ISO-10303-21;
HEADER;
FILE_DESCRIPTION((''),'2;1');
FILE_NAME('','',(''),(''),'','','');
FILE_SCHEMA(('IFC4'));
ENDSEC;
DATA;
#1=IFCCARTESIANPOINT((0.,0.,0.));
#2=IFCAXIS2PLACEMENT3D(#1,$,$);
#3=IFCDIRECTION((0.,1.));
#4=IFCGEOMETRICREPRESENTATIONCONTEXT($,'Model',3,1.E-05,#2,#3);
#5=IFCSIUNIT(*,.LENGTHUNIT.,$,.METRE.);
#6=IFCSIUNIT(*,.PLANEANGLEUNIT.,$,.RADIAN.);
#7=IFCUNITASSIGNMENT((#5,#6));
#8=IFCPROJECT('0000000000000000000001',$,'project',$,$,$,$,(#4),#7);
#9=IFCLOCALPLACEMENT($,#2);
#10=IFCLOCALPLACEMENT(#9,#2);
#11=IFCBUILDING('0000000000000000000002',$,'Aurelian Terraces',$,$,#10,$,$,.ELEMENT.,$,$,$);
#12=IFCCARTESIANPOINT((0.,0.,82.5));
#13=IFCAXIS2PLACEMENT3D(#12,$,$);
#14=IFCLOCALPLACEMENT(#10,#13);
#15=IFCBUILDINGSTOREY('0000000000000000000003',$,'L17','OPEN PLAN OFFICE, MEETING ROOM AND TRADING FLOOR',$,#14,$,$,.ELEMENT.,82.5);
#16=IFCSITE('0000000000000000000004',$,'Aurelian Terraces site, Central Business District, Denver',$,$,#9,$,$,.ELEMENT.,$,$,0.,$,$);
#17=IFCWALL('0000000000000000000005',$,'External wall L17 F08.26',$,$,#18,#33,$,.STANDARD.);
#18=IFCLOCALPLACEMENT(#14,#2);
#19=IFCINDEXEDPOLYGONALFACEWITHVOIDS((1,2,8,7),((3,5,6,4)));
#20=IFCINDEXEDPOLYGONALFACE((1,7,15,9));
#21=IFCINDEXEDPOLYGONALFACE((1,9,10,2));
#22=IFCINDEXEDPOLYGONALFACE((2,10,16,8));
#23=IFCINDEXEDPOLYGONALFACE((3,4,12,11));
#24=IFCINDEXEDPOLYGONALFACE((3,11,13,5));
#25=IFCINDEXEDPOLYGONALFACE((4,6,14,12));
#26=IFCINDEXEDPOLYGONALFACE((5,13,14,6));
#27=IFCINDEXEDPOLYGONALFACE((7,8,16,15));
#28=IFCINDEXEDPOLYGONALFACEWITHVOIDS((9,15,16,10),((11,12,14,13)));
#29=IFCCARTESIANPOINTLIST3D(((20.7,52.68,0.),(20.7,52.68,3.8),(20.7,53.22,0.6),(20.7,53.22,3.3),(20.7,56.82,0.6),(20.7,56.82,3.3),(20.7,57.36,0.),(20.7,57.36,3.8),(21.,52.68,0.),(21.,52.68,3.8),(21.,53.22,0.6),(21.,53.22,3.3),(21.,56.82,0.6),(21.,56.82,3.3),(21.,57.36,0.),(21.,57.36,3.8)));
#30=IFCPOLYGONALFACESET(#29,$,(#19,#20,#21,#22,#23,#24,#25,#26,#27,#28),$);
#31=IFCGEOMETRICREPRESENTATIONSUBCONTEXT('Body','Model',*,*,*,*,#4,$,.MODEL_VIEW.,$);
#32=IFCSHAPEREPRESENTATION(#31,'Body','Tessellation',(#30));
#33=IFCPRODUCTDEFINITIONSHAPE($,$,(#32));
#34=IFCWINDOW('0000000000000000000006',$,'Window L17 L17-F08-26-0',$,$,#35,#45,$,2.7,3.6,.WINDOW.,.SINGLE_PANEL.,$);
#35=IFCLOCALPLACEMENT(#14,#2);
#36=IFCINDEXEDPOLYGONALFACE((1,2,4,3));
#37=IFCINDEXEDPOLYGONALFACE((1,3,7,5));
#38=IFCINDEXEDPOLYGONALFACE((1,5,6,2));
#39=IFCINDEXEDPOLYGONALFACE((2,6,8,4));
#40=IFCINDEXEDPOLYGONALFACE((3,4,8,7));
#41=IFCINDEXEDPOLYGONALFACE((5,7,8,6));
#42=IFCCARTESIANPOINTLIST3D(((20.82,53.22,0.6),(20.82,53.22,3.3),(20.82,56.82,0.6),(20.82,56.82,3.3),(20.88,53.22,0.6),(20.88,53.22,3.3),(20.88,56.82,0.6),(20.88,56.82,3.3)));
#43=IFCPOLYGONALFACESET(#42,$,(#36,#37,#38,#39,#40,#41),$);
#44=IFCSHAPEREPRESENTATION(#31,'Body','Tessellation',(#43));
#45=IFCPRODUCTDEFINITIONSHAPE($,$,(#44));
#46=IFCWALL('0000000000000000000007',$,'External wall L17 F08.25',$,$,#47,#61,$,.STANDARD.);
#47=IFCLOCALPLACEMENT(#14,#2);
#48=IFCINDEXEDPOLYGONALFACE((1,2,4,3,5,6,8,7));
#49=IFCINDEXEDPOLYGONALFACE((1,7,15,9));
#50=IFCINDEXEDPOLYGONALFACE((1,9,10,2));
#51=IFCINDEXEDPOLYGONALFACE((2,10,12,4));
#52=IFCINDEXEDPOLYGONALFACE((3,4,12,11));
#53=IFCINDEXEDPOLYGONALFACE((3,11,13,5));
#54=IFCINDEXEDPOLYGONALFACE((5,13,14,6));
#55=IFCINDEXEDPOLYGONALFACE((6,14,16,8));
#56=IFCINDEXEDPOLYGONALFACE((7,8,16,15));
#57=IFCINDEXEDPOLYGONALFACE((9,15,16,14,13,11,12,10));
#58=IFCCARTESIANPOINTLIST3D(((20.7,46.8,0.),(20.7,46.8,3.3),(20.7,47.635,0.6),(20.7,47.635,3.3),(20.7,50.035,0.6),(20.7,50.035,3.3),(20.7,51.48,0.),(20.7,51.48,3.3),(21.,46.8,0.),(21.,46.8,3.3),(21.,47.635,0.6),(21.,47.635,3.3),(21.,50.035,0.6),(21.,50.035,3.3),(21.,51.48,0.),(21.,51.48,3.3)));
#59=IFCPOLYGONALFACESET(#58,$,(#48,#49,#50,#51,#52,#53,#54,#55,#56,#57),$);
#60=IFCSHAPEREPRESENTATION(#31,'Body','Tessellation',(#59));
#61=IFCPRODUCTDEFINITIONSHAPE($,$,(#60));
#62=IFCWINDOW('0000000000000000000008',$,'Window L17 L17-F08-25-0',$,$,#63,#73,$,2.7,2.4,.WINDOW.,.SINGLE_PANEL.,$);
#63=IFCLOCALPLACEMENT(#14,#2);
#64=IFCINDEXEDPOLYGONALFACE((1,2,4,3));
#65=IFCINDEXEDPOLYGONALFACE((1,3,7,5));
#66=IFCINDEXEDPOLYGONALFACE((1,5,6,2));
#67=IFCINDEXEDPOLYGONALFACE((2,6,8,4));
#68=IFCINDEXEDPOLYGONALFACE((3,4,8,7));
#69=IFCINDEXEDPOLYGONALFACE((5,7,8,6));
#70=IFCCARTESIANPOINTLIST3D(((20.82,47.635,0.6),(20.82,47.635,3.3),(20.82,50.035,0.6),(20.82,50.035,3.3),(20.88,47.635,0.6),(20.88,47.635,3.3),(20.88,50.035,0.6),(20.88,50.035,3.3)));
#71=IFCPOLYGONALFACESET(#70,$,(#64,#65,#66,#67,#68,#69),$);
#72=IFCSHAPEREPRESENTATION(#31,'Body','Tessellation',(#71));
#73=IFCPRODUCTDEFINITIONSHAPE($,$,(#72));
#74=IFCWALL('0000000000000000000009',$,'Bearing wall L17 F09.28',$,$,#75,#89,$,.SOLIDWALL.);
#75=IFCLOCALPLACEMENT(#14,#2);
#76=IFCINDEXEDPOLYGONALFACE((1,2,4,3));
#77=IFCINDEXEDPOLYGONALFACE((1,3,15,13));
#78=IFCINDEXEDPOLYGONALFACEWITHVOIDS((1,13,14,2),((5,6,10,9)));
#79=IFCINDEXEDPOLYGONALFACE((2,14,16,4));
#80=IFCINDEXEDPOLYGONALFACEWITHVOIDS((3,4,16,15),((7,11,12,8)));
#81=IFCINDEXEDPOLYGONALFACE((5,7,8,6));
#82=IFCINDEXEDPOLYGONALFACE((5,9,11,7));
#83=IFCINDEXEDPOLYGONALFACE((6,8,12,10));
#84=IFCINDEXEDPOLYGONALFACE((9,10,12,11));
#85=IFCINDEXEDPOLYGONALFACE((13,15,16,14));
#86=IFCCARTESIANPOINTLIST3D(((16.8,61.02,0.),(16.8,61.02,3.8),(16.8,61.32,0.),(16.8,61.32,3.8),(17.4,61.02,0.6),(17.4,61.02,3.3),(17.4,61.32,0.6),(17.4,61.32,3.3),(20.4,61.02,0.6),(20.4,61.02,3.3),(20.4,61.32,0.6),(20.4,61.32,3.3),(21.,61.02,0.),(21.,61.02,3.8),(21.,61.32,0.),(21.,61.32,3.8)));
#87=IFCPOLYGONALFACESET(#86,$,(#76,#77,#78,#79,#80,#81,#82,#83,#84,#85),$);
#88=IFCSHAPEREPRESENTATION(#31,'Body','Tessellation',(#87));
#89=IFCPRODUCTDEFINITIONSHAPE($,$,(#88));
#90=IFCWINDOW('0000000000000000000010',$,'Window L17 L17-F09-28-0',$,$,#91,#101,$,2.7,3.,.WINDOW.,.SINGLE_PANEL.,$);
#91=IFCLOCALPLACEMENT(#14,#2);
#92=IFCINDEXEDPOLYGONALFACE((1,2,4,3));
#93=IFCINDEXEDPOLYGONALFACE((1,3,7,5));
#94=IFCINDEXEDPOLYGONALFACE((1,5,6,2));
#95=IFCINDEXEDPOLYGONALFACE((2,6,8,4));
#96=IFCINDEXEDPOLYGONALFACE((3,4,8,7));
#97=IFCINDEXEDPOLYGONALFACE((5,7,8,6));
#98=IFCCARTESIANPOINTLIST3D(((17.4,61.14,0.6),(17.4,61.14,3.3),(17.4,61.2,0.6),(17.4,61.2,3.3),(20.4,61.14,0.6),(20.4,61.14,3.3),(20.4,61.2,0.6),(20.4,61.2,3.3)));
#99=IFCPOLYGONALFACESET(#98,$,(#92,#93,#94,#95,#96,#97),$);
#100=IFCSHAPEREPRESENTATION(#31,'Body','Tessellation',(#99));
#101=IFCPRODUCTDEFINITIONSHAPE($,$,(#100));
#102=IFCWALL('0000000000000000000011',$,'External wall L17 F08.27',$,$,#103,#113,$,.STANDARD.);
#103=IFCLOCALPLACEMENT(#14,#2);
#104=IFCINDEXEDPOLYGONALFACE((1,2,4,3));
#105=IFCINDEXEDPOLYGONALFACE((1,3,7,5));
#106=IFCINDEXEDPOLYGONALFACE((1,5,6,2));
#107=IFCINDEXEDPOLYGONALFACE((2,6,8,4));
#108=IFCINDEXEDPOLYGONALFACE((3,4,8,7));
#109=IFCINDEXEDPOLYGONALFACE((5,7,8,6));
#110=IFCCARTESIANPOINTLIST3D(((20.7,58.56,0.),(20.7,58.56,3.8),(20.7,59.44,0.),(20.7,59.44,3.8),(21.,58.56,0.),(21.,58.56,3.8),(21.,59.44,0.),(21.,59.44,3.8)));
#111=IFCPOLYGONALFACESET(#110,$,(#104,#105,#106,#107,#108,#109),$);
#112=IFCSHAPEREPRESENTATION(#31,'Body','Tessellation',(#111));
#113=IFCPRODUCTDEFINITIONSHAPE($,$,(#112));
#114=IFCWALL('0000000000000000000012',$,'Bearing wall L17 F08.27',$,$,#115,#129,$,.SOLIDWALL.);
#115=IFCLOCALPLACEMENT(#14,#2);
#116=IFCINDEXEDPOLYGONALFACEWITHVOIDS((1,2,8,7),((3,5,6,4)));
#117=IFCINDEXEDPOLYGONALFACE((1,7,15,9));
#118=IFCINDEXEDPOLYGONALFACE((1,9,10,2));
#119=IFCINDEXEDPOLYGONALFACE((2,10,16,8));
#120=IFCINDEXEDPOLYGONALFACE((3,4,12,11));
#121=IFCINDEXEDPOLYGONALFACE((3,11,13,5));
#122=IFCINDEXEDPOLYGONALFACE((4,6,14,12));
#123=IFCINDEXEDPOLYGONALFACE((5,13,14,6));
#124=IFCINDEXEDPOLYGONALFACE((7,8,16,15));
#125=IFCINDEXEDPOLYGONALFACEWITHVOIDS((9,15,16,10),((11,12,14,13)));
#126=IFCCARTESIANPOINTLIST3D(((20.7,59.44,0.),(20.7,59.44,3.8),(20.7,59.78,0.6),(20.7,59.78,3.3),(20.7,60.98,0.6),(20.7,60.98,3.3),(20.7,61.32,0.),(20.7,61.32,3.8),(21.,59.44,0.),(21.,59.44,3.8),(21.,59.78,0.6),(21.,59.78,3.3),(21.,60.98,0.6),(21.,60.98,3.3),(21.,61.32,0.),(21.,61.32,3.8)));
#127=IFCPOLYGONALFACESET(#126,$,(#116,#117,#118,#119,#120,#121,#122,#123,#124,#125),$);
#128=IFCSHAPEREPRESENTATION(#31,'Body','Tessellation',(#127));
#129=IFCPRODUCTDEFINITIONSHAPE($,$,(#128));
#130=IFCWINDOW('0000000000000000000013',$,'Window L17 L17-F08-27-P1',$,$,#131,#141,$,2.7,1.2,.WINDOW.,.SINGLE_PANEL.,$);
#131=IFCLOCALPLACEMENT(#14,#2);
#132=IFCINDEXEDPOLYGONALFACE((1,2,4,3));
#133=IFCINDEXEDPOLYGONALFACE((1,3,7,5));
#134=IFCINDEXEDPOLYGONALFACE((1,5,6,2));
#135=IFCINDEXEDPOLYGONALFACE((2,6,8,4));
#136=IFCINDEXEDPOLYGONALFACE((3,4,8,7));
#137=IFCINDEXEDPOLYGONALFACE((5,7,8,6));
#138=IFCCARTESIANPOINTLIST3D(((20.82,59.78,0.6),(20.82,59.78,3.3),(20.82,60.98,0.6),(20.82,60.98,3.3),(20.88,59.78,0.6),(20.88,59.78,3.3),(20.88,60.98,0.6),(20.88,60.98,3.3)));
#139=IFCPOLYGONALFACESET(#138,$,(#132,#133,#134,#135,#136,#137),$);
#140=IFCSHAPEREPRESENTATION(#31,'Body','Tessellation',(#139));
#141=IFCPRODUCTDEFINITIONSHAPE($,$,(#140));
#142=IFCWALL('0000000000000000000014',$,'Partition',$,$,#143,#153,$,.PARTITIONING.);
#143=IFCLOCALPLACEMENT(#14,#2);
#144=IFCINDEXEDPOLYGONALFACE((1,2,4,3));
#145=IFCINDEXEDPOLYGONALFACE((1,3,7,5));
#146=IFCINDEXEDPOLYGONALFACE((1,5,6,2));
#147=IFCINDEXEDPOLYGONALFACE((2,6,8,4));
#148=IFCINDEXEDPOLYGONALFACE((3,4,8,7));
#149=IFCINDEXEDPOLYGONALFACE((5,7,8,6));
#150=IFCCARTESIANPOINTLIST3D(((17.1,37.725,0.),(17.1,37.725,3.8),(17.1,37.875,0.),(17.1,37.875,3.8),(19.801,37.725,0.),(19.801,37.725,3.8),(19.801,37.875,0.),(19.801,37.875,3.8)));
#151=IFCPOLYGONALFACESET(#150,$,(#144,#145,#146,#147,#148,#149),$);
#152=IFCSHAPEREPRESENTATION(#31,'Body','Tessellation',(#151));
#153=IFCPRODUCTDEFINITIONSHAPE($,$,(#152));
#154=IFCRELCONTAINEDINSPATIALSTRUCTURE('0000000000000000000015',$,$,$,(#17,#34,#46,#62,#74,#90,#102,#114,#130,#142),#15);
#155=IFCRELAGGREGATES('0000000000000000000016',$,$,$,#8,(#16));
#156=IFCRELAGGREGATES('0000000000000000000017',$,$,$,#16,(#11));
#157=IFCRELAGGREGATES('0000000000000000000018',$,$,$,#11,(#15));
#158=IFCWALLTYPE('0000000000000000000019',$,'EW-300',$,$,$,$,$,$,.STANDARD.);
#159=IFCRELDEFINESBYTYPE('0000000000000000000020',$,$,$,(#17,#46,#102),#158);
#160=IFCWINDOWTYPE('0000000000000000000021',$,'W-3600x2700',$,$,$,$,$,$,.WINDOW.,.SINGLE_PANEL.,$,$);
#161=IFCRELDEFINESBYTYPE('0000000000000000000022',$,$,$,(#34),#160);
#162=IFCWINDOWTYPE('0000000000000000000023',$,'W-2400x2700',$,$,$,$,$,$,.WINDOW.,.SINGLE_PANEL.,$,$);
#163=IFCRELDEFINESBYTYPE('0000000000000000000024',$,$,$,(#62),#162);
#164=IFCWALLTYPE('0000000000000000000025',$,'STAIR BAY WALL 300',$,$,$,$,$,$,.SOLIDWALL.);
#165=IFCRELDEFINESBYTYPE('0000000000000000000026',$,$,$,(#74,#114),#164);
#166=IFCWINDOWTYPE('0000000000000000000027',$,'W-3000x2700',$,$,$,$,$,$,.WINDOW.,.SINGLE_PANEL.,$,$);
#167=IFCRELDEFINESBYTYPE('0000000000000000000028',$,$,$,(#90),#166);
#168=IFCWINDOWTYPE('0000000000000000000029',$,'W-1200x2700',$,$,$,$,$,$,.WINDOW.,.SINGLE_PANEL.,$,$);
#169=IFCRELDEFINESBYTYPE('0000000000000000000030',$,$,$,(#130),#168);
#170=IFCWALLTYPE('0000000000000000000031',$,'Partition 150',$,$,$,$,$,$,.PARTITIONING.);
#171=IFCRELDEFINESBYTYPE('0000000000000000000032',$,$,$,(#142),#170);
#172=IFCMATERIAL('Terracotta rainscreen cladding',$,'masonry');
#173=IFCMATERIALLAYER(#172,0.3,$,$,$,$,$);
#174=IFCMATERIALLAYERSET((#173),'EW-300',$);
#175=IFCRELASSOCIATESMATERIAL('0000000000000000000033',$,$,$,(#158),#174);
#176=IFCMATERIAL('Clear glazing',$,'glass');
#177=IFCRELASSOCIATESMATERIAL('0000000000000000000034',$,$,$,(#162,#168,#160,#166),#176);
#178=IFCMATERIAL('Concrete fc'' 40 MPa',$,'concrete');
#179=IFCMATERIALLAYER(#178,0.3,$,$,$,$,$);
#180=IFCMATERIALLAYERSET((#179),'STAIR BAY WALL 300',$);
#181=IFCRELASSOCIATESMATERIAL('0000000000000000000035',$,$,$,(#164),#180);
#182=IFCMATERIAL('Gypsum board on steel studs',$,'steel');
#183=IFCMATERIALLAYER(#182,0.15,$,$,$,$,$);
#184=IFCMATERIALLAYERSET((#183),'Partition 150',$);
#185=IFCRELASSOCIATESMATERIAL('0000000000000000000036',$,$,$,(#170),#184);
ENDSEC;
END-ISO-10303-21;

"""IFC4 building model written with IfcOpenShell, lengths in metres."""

from ifc_helpers import new_model, si_unit, direction, frame, frame_2d, origin, place, context, subcontext, project, spatial, rectangle, extrude, source, transform, mapped, material, layer, layer_set, type_object, element, fill, save


model = new_model("IFC4")

# Units and contexts
model_context = context("Model", 3, precision=1e-05, world=origin(), true_north=direction((0.0, 1.0)))
body_context = subcontext(model_context, "Body", "Model", "MODEL_VIEW")
ifc_project = project(units=[si_unit("LENGTHUNIT", "METRE"), si_unit("PLANEANGLEUNIT", "RADIAN")], contexts=[model_context])

# Site, building, storey
site_placement = place(None, origin())
site = spatial("IfcSite", under=ifc_project, at=site_placement, Name="Aurelian Terraces site, Central Business District, Denver", CompositionType="ELEMENT", RefElevation=0.0)
building_placement = place(site_placement, origin())
building = spatial("IfcBuilding", under=site, at=building_placement, Name="Aurelian Terraces", CompositionType="ELEMENT")
storey_placement = place(building_placement, frame((0.0, 0.0, 82.5)))
storey = spatial("IfcBuildingStorey", under=building, at=storey_placement, Name="L17", Description="OPEN PLAN OFFICE, MEETING ROOM AND TRADING FLOOR", CompositionType="ELEMENT", Elevation=82.5)

# Shared definitions
ifc_material_1 = material(Name="Concrete fc' 40 MPa", Category="concrete")

# Shared definitions
ifc_material_2 = material(Name="Terracotta rainscreen cladding", Category="masonry")
ifc_layer_1 = layer(ifc_material_2, 0.3)
ifc_layer_set_1 = layer_set([ifc_layer_1], Name="EW-300")
wall_type_1 = type_object("IfcWallType", Name="EW-300", PredefinedType="STANDARD", material=ifc_layer_set_1)
shared_shape_1 = source(origin(), body_context, "Body", "SweptSolid", [
    extrude(rectangle(XDim=2.4, YDim=2.7, at=frame_2d((1.2, 1.35))), frame((0.0, 0.16, 0.0), z_axis=(0.0, -1.0, 0.0), x_axis=(1.0, 0.0, 0.0)), (0.0, 0.0, 1.0), 0.32),
])
shared_shape_2 = source(origin(), body_context, "Body", "SweptSolid", [
    extrude(rectangle(XDim=1.2, YDim=2.7, at=frame_2d((0.6, 1.35))), frame((0.0, 0.16, 0.0), z_axis=(0.0, -1.0, 0.0), x_axis=(1.0, 0.0, 0.0)), (0.0, 0.0, 1.0), 0.32),
])
ifc_material_3 = material(Name="Clear glazing", Category="glass")
window_type_1 = type_object("IfcWindowType", Name="W-2400x2700", PartitioningType="SINGLE_PANEL", PredefinedType="WINDOW", material=ifc_material_3)
shared_shape_3 = source(origin(), body_context, "Body", "SweptSolid", [
    extrude(rectangle(XDim=2.4, YDim=2.7, at=frame_2d((1.2, 1.35))), frame((0.0, 0.03, 0.0), z_axis=(0.0, -1.0, 0.0), x_axis=(1.0, 0.0, 0.0)), (0.0, 0.0, 1.0), 0.06),
])
window_type_2 = type_object("IfcWindowType", Name="W-1200x2700", PartitioningType="SINGLE_PANEL", PredefinedType="WINDOW", material=ifc_material_3)
shared_shape_4 = source(origin(), body_context, "Body", "SweptSolid", [
    extrude(rectangle(XDim=1.2, YDim=2.7, at=frame_2d((0.6, 1.35))), frame((0.0, 0.03, 0.0), z_axis=(0.0, -1.0, 0.0), x_axis=(1.0, 0.0, 0.0)), (0.0, 0.0, 1.0), 0.06),
])

# Walls, openings, windows
shared_shape_5 = source(origin(), body_context, "Body", "SweptSolid", [
    extrude(rectangle(XDim=4.68, YDim=0.3, at=frame_2d((2.34, 0.0))), origin(), (0.0, 0.0, 1.0), 3.8),
])
wall_1_placement = place(storey_placement, frame((20.85, 52.68, 0.0), z_axis=(0.0, 0.0, 1.0), x_axis=(0.0, 1.0, 0.0)))
wall_1 = element("IfcWall", 1, at=wall_1_placement, inside=storey, type_object=wall_type_1, Name="External wall L17 F08.26", PredefinedType="STANDARD", context=body_context, shape_type="MappedRepresentation", body=[
    mapped(shared_shape_5, transform((0.0, 0.0, 0.0), scale=1.0)),
])
shared_shape_6 = source(origin(), body_context, "Body", "SweptSolid", [
    extrude(rectangle(XDim=3.6, YDim=2.7, at=frame_2d((1.8, 1.35))), frame((0.0, 0.16, 0.0), z_axis=(0.0, -1.0, 0.0), x_axis=(1.0, 0.0, 0.0)), (0.0, 0.0, 1.0), 0.32),
])
opening_1_placement = place(wall_1_placement, frame((0.54, 0.0, 0.6)))
opening_1 = element("IfcOpeningElement", 2, at=opening_1_placement, cuts=wall_1, PredefinedType="OPENING", context=body_context, shape_type="MappedRepresentation", body=[
    mapped(shared_shape_6, transform((0.0, 0.0, 0.0), scale=1.0)),
])
window_type_3 = type_object("IfcWindowType", Name="W-3600x2700", PartitioningType="SINGLE_PANEL", PredefinedType="WINDOW", material=ifc_material_3)
shared_shape_7 = source(origin(), body_context, "Body", "SweptSolid", [
    extrude(rectangle(XDim=3.6, YDim=2.7, at=frame_2d((1.8, 1.35))), frame((0.0, 0.03, 0.0), z_axis=(0.0, -1.0, 0.0), x_axis=(1.0, 0.0, 0.0)), (0.0, 0.0, 1.0), 0.06),
])
window_1_placement = place(opening_1_placement, origin())
window_1 = element("IfcWindow", 3, at=window_1_placement, inside=storey, type_object=window_type_3, Name="Window L17 L17-F08-26-0", OverallHeight=2.7, OverallWidth=3.6, PartitioningType="SINGLE_PANEL", PredefinedType="WINDOW", context=body_context, shape_type="MappedRepresentation", body=[
    mapped(shared_shape_7, transform((0.0, 0.0, 0.0), scale=1.0)),
])
fill(opening_1, window_1)
shared_shape_8 = source(origin(), body_context, "Body", "SweptSolid", [
    extrude(rectangle(XDim=4.68, YDim=0.3, at=frame_2d((2.34, 0.0))), origin(), (0.0, 0.0, 1.0), 3.3),
])
wall_2_placement = place(storey_placement, frame((20.85, 46.8, 0.0), z_axis=(0.0, 0.0, 1.0), x_axis=(0.0, 1.0, 0.0)))
wall_2 = element("IfcWall", 4, at=wall_2_placement, inside=storey, type_object=wall_type_1, Name="External wall L17 F08.25", PredefinedType="STANDARD", context=body_context, shape_type="MappedRepresentation", body=[
    mapped(shared_shape_8, transform((0.0, 0.0, 0.0), scale=1.0)),
])
opening_2_placement = place(wall_2_placement, frame((0.835, 0.0, 0.6)))
opening_2 = element("IfcOpeningElement", 5, at=opening_2_placement, cuts=wall_2, PredefinedType="OPENING", context=body_context, shape_type="MappedRepresentation", body=[
    mapped(shared_shape_1, transform((0.0, 0.0, 0.0), scale=1.0)),
])
window_2_placement = place(opening_2_placement, origin())
window_2 = element("IfcWindow", 6, at=window_2_placement, inside=storey, type_object=window_type_1, Name="Window L17 L17-F08-25-0", OverallHeight=2.7, OverallWidth=2.4, PartitioningType="SINGLE_PANEL", PredefinedType="WINDOW", context=body_context, shape_type="MappedRepresentation", body=[
    mapped(shared_shape_3, transform((0.0, 0.0, 0.0), scale=1.0)),
])
fill(opening_2, window_2)
ifc_layer_2 = layer(ifc_material_1, 0.3)
ifc_layer_set_2 = layer_set([ifc_layer_2], Name="STAIR BAY WALL 300")
wall_type_2 = type_object("IfcWallType", Name="STAIR BAY WALL 300", PredefinedType="SOLIDWALL", material=ifc_layer_set_2)
shared_shape_9 = source(origin(), body_context, "Body", "SweptSolid", [
    extrude(rectangle(XDim=4.2, YDim=0.3, at=frame_2d((2.1, 0.0))), origin(), (0.0, 0.0, 1.0), 3.8),
])
wall_3_placement = place(storey_placement, frame((21.0, 61.17, 0.0), z_axis=(0.0, 0.0, 1.0), x_axis=(-1.0, 0.0, 0.0)))
wall_3 = element("IfcWall", 7, at=wall_3_placement, inside=storey, type_object=wall_type_2, Name="Bearing wall L17 F09.28", PredefinedType="SOLIDWALL", context=body_context, shape_type="MappedRepresentation", body=[
    mapped(shared_shape_9, transform((0.0, 0.0, 0.0), scale=1.0)),
])
shared_shape_10 = source(origin(), body_context, "Body", "SweptSolid", [
    extrude(rectangle(XDim=3.0, YDim=2.7, at=frame_2d((1.5, 1.35))), frame((0.0, 0.16, 0.0), z_axis=(0.0, -1.0, 0.0), x_axis=(1.0, 0.0, 0.0)), (0.0, 0.0, 1.0), 0.32),
])
opening_3_placement = place(wall_3_placement, frame((0.6, 0.0, 0.6)))
opening_3 = element("IfcOpeningElement", 8, at=opening_3_placement, cuts=wall_3, PredefinedType="OPENING", context=body_context, shape_type="MappedRepresentation", body=[
    mapped(shared_shape_10, transform((0.0, 0.0, 0.0), scale=1.0)),
])
window_type_4 = type_object("IfcWindowType", Name="W-3000x2700", PartitioningType="SINGLE_PANEL", PredefinedType="WINDOW", material=ifc_material_3)
shared_shape_11 = source(origin(), body_context, "Body", "SweptSolid", [
    extrude(rectangle(XDim=3.0, YDim=2.7, at=frame_2d((1.5, 1.35))), frame((0.0, 0.03, 0.0), z_axis=(0.0, -1.0, 0.0), x_axis=(1.0, 0.0, 0.0)), (0.0, 0.0, 1.0), 0.06),
])
window_3_placement = place(opening_3_placement, origin())
window_3 = element("IfcWindow", 9, at=window_3_placement, inside=storey, type_object=window_type_4, Name="Window L17 L17-F09-28-0", OverallHeight=2.7, OverallWidth=3.0, PartitioningType="SINGLE_PANEL", PredefinedType="WINDOW", context=body_context, shape_type="MappedRepresentation", body=[
    mapped(shared_shape_11, transform((0.0, 0.0, 0.0), scale=1.0)),
])
fill(opening_3, window_3)

# Wall
shared_shape_12 = source(origin(), body_context, "Body", "SweptSolid", [
    extrude(rectangle(XDim=0.88, YDim=0.3, at=frame_2d((0.44, 0.0))), origin(), (0.0, 0.0, 1.0), 3.8),
])
wall_4_placement = place(storey_placement, frame((20.85, 58.56, 0.0), z_axis=(0.0, 0.0, 1.0), x_axis=(0.0, 1.0, 0.0)))
element("IfcWall", 10, at=wall_4_placement, inside=storey, type_object=wall_type_1, Name="External wall L17 F08.27", PredefinedType="STANDARD", context=body_context, shape_type="MappedRepresentation", body=[
    mapped(shared_shape_12, transform((0.0, 0.0, 0.0), scale=1.0)),
])

# Wall, opening, window
shared_shape_13 = source(origin(), body_context, "Body", "SweptSolid", [
    extrude(rectangle(XDim=1.88, YDim=0.3, at=frame_2d((0.94, 0.0))), origin(), (0.0, 0.0, 1.0), 3.8),
])
wall_5_placement = place(storey_placement, frame((20.85, 59.44, 0.0), z_axis=(0.0, 0.0, 1.0), x_axis=(0.0, 1.0, 0.0)))
wall_5 = element("IfcWall", 11, at=wall_5_placement, inside=storey, type_object=wall_type_2, Name="Bearing wall L17 F08.27", PredefinedType="SOLIDWALL", context=body_context, shape_type="MappedRepresentation", body=[
    mapped(shared_shape_13, transform((0.0, 0.0, 0.0), scale=1.0)),
])
opening_4_placement = place(wall_5_placement, frame((0.34, 0.0, 0.6)))
opening_4 = element("IfcOpeningElement", 12, at=opening_4_placement, cuts=wall_5, PredefinedType="OPENING", context=body_context, shape_type="MappedRepresentation", body=[
    mapped(shared_shape_2, transform((0.0, 0.0, 0.0), scale=1.0)),
])
window_4_placement = place(opening_4_placement, origin())
window_4 = element("IfcWindow", 13, at=window_4_placement, inside=storey, type_object=window_type_2, Name="Window L17 L17-F08-27-P1", OverallHeight=2.7, OverallWidth=1.2, PartitioningType="SINGLE_PANEL", PredefinedType="WINDOW", context=body_context, shape_type="MappedRepresentation", body=[
    mapped(shared_shape_4, transform((0.0, 0.0, 0.0), scale=1.0)),
])
fill(opening_4, window_4)

# Wall
ifc_material_4 = material(Name="Gypsum board on steel studs", Category="steel")
ifc_layer_3 = layer(ifc_material_4, 0.15)
ifc_layer_set_3 = layer_set([ifc_layer_3], Name="Partition 150")
wall_type_3 = type_object("IfcWallType", Name="Partition 150", PredefinedType="PARTITIONING", material=ifc_layer_set_3)
shared_shape_14 = source(origin(), body_context, "Body", "SweptSolid", [
    extrude(rectangle(XDim=2.701, YDim=0.15, at=frame_2d((1.3505, 0.0))), origin(), (0.0, 0.0, 1.0), 3.8),
])
wall_6_placement = place(storey_placement, frame((19.801, 37.8, 0.0), z_axis=(0.0, 0.0, 1.0), x_axis=(-1.0, 0.0, 0.0)))
element("IfcWall", 14, at=wall_6_placement, inside=storey, type_object=wall_type_3, Name="Partition", PredefinedType="PARTITIONING", context=body_context, shape_type="MappedRepresentation", body=[
    mapped(shared_shape_14, transform((0.0, 0.0, 0.0), scale=1.0)),
])

save(model, "model.ifc")
